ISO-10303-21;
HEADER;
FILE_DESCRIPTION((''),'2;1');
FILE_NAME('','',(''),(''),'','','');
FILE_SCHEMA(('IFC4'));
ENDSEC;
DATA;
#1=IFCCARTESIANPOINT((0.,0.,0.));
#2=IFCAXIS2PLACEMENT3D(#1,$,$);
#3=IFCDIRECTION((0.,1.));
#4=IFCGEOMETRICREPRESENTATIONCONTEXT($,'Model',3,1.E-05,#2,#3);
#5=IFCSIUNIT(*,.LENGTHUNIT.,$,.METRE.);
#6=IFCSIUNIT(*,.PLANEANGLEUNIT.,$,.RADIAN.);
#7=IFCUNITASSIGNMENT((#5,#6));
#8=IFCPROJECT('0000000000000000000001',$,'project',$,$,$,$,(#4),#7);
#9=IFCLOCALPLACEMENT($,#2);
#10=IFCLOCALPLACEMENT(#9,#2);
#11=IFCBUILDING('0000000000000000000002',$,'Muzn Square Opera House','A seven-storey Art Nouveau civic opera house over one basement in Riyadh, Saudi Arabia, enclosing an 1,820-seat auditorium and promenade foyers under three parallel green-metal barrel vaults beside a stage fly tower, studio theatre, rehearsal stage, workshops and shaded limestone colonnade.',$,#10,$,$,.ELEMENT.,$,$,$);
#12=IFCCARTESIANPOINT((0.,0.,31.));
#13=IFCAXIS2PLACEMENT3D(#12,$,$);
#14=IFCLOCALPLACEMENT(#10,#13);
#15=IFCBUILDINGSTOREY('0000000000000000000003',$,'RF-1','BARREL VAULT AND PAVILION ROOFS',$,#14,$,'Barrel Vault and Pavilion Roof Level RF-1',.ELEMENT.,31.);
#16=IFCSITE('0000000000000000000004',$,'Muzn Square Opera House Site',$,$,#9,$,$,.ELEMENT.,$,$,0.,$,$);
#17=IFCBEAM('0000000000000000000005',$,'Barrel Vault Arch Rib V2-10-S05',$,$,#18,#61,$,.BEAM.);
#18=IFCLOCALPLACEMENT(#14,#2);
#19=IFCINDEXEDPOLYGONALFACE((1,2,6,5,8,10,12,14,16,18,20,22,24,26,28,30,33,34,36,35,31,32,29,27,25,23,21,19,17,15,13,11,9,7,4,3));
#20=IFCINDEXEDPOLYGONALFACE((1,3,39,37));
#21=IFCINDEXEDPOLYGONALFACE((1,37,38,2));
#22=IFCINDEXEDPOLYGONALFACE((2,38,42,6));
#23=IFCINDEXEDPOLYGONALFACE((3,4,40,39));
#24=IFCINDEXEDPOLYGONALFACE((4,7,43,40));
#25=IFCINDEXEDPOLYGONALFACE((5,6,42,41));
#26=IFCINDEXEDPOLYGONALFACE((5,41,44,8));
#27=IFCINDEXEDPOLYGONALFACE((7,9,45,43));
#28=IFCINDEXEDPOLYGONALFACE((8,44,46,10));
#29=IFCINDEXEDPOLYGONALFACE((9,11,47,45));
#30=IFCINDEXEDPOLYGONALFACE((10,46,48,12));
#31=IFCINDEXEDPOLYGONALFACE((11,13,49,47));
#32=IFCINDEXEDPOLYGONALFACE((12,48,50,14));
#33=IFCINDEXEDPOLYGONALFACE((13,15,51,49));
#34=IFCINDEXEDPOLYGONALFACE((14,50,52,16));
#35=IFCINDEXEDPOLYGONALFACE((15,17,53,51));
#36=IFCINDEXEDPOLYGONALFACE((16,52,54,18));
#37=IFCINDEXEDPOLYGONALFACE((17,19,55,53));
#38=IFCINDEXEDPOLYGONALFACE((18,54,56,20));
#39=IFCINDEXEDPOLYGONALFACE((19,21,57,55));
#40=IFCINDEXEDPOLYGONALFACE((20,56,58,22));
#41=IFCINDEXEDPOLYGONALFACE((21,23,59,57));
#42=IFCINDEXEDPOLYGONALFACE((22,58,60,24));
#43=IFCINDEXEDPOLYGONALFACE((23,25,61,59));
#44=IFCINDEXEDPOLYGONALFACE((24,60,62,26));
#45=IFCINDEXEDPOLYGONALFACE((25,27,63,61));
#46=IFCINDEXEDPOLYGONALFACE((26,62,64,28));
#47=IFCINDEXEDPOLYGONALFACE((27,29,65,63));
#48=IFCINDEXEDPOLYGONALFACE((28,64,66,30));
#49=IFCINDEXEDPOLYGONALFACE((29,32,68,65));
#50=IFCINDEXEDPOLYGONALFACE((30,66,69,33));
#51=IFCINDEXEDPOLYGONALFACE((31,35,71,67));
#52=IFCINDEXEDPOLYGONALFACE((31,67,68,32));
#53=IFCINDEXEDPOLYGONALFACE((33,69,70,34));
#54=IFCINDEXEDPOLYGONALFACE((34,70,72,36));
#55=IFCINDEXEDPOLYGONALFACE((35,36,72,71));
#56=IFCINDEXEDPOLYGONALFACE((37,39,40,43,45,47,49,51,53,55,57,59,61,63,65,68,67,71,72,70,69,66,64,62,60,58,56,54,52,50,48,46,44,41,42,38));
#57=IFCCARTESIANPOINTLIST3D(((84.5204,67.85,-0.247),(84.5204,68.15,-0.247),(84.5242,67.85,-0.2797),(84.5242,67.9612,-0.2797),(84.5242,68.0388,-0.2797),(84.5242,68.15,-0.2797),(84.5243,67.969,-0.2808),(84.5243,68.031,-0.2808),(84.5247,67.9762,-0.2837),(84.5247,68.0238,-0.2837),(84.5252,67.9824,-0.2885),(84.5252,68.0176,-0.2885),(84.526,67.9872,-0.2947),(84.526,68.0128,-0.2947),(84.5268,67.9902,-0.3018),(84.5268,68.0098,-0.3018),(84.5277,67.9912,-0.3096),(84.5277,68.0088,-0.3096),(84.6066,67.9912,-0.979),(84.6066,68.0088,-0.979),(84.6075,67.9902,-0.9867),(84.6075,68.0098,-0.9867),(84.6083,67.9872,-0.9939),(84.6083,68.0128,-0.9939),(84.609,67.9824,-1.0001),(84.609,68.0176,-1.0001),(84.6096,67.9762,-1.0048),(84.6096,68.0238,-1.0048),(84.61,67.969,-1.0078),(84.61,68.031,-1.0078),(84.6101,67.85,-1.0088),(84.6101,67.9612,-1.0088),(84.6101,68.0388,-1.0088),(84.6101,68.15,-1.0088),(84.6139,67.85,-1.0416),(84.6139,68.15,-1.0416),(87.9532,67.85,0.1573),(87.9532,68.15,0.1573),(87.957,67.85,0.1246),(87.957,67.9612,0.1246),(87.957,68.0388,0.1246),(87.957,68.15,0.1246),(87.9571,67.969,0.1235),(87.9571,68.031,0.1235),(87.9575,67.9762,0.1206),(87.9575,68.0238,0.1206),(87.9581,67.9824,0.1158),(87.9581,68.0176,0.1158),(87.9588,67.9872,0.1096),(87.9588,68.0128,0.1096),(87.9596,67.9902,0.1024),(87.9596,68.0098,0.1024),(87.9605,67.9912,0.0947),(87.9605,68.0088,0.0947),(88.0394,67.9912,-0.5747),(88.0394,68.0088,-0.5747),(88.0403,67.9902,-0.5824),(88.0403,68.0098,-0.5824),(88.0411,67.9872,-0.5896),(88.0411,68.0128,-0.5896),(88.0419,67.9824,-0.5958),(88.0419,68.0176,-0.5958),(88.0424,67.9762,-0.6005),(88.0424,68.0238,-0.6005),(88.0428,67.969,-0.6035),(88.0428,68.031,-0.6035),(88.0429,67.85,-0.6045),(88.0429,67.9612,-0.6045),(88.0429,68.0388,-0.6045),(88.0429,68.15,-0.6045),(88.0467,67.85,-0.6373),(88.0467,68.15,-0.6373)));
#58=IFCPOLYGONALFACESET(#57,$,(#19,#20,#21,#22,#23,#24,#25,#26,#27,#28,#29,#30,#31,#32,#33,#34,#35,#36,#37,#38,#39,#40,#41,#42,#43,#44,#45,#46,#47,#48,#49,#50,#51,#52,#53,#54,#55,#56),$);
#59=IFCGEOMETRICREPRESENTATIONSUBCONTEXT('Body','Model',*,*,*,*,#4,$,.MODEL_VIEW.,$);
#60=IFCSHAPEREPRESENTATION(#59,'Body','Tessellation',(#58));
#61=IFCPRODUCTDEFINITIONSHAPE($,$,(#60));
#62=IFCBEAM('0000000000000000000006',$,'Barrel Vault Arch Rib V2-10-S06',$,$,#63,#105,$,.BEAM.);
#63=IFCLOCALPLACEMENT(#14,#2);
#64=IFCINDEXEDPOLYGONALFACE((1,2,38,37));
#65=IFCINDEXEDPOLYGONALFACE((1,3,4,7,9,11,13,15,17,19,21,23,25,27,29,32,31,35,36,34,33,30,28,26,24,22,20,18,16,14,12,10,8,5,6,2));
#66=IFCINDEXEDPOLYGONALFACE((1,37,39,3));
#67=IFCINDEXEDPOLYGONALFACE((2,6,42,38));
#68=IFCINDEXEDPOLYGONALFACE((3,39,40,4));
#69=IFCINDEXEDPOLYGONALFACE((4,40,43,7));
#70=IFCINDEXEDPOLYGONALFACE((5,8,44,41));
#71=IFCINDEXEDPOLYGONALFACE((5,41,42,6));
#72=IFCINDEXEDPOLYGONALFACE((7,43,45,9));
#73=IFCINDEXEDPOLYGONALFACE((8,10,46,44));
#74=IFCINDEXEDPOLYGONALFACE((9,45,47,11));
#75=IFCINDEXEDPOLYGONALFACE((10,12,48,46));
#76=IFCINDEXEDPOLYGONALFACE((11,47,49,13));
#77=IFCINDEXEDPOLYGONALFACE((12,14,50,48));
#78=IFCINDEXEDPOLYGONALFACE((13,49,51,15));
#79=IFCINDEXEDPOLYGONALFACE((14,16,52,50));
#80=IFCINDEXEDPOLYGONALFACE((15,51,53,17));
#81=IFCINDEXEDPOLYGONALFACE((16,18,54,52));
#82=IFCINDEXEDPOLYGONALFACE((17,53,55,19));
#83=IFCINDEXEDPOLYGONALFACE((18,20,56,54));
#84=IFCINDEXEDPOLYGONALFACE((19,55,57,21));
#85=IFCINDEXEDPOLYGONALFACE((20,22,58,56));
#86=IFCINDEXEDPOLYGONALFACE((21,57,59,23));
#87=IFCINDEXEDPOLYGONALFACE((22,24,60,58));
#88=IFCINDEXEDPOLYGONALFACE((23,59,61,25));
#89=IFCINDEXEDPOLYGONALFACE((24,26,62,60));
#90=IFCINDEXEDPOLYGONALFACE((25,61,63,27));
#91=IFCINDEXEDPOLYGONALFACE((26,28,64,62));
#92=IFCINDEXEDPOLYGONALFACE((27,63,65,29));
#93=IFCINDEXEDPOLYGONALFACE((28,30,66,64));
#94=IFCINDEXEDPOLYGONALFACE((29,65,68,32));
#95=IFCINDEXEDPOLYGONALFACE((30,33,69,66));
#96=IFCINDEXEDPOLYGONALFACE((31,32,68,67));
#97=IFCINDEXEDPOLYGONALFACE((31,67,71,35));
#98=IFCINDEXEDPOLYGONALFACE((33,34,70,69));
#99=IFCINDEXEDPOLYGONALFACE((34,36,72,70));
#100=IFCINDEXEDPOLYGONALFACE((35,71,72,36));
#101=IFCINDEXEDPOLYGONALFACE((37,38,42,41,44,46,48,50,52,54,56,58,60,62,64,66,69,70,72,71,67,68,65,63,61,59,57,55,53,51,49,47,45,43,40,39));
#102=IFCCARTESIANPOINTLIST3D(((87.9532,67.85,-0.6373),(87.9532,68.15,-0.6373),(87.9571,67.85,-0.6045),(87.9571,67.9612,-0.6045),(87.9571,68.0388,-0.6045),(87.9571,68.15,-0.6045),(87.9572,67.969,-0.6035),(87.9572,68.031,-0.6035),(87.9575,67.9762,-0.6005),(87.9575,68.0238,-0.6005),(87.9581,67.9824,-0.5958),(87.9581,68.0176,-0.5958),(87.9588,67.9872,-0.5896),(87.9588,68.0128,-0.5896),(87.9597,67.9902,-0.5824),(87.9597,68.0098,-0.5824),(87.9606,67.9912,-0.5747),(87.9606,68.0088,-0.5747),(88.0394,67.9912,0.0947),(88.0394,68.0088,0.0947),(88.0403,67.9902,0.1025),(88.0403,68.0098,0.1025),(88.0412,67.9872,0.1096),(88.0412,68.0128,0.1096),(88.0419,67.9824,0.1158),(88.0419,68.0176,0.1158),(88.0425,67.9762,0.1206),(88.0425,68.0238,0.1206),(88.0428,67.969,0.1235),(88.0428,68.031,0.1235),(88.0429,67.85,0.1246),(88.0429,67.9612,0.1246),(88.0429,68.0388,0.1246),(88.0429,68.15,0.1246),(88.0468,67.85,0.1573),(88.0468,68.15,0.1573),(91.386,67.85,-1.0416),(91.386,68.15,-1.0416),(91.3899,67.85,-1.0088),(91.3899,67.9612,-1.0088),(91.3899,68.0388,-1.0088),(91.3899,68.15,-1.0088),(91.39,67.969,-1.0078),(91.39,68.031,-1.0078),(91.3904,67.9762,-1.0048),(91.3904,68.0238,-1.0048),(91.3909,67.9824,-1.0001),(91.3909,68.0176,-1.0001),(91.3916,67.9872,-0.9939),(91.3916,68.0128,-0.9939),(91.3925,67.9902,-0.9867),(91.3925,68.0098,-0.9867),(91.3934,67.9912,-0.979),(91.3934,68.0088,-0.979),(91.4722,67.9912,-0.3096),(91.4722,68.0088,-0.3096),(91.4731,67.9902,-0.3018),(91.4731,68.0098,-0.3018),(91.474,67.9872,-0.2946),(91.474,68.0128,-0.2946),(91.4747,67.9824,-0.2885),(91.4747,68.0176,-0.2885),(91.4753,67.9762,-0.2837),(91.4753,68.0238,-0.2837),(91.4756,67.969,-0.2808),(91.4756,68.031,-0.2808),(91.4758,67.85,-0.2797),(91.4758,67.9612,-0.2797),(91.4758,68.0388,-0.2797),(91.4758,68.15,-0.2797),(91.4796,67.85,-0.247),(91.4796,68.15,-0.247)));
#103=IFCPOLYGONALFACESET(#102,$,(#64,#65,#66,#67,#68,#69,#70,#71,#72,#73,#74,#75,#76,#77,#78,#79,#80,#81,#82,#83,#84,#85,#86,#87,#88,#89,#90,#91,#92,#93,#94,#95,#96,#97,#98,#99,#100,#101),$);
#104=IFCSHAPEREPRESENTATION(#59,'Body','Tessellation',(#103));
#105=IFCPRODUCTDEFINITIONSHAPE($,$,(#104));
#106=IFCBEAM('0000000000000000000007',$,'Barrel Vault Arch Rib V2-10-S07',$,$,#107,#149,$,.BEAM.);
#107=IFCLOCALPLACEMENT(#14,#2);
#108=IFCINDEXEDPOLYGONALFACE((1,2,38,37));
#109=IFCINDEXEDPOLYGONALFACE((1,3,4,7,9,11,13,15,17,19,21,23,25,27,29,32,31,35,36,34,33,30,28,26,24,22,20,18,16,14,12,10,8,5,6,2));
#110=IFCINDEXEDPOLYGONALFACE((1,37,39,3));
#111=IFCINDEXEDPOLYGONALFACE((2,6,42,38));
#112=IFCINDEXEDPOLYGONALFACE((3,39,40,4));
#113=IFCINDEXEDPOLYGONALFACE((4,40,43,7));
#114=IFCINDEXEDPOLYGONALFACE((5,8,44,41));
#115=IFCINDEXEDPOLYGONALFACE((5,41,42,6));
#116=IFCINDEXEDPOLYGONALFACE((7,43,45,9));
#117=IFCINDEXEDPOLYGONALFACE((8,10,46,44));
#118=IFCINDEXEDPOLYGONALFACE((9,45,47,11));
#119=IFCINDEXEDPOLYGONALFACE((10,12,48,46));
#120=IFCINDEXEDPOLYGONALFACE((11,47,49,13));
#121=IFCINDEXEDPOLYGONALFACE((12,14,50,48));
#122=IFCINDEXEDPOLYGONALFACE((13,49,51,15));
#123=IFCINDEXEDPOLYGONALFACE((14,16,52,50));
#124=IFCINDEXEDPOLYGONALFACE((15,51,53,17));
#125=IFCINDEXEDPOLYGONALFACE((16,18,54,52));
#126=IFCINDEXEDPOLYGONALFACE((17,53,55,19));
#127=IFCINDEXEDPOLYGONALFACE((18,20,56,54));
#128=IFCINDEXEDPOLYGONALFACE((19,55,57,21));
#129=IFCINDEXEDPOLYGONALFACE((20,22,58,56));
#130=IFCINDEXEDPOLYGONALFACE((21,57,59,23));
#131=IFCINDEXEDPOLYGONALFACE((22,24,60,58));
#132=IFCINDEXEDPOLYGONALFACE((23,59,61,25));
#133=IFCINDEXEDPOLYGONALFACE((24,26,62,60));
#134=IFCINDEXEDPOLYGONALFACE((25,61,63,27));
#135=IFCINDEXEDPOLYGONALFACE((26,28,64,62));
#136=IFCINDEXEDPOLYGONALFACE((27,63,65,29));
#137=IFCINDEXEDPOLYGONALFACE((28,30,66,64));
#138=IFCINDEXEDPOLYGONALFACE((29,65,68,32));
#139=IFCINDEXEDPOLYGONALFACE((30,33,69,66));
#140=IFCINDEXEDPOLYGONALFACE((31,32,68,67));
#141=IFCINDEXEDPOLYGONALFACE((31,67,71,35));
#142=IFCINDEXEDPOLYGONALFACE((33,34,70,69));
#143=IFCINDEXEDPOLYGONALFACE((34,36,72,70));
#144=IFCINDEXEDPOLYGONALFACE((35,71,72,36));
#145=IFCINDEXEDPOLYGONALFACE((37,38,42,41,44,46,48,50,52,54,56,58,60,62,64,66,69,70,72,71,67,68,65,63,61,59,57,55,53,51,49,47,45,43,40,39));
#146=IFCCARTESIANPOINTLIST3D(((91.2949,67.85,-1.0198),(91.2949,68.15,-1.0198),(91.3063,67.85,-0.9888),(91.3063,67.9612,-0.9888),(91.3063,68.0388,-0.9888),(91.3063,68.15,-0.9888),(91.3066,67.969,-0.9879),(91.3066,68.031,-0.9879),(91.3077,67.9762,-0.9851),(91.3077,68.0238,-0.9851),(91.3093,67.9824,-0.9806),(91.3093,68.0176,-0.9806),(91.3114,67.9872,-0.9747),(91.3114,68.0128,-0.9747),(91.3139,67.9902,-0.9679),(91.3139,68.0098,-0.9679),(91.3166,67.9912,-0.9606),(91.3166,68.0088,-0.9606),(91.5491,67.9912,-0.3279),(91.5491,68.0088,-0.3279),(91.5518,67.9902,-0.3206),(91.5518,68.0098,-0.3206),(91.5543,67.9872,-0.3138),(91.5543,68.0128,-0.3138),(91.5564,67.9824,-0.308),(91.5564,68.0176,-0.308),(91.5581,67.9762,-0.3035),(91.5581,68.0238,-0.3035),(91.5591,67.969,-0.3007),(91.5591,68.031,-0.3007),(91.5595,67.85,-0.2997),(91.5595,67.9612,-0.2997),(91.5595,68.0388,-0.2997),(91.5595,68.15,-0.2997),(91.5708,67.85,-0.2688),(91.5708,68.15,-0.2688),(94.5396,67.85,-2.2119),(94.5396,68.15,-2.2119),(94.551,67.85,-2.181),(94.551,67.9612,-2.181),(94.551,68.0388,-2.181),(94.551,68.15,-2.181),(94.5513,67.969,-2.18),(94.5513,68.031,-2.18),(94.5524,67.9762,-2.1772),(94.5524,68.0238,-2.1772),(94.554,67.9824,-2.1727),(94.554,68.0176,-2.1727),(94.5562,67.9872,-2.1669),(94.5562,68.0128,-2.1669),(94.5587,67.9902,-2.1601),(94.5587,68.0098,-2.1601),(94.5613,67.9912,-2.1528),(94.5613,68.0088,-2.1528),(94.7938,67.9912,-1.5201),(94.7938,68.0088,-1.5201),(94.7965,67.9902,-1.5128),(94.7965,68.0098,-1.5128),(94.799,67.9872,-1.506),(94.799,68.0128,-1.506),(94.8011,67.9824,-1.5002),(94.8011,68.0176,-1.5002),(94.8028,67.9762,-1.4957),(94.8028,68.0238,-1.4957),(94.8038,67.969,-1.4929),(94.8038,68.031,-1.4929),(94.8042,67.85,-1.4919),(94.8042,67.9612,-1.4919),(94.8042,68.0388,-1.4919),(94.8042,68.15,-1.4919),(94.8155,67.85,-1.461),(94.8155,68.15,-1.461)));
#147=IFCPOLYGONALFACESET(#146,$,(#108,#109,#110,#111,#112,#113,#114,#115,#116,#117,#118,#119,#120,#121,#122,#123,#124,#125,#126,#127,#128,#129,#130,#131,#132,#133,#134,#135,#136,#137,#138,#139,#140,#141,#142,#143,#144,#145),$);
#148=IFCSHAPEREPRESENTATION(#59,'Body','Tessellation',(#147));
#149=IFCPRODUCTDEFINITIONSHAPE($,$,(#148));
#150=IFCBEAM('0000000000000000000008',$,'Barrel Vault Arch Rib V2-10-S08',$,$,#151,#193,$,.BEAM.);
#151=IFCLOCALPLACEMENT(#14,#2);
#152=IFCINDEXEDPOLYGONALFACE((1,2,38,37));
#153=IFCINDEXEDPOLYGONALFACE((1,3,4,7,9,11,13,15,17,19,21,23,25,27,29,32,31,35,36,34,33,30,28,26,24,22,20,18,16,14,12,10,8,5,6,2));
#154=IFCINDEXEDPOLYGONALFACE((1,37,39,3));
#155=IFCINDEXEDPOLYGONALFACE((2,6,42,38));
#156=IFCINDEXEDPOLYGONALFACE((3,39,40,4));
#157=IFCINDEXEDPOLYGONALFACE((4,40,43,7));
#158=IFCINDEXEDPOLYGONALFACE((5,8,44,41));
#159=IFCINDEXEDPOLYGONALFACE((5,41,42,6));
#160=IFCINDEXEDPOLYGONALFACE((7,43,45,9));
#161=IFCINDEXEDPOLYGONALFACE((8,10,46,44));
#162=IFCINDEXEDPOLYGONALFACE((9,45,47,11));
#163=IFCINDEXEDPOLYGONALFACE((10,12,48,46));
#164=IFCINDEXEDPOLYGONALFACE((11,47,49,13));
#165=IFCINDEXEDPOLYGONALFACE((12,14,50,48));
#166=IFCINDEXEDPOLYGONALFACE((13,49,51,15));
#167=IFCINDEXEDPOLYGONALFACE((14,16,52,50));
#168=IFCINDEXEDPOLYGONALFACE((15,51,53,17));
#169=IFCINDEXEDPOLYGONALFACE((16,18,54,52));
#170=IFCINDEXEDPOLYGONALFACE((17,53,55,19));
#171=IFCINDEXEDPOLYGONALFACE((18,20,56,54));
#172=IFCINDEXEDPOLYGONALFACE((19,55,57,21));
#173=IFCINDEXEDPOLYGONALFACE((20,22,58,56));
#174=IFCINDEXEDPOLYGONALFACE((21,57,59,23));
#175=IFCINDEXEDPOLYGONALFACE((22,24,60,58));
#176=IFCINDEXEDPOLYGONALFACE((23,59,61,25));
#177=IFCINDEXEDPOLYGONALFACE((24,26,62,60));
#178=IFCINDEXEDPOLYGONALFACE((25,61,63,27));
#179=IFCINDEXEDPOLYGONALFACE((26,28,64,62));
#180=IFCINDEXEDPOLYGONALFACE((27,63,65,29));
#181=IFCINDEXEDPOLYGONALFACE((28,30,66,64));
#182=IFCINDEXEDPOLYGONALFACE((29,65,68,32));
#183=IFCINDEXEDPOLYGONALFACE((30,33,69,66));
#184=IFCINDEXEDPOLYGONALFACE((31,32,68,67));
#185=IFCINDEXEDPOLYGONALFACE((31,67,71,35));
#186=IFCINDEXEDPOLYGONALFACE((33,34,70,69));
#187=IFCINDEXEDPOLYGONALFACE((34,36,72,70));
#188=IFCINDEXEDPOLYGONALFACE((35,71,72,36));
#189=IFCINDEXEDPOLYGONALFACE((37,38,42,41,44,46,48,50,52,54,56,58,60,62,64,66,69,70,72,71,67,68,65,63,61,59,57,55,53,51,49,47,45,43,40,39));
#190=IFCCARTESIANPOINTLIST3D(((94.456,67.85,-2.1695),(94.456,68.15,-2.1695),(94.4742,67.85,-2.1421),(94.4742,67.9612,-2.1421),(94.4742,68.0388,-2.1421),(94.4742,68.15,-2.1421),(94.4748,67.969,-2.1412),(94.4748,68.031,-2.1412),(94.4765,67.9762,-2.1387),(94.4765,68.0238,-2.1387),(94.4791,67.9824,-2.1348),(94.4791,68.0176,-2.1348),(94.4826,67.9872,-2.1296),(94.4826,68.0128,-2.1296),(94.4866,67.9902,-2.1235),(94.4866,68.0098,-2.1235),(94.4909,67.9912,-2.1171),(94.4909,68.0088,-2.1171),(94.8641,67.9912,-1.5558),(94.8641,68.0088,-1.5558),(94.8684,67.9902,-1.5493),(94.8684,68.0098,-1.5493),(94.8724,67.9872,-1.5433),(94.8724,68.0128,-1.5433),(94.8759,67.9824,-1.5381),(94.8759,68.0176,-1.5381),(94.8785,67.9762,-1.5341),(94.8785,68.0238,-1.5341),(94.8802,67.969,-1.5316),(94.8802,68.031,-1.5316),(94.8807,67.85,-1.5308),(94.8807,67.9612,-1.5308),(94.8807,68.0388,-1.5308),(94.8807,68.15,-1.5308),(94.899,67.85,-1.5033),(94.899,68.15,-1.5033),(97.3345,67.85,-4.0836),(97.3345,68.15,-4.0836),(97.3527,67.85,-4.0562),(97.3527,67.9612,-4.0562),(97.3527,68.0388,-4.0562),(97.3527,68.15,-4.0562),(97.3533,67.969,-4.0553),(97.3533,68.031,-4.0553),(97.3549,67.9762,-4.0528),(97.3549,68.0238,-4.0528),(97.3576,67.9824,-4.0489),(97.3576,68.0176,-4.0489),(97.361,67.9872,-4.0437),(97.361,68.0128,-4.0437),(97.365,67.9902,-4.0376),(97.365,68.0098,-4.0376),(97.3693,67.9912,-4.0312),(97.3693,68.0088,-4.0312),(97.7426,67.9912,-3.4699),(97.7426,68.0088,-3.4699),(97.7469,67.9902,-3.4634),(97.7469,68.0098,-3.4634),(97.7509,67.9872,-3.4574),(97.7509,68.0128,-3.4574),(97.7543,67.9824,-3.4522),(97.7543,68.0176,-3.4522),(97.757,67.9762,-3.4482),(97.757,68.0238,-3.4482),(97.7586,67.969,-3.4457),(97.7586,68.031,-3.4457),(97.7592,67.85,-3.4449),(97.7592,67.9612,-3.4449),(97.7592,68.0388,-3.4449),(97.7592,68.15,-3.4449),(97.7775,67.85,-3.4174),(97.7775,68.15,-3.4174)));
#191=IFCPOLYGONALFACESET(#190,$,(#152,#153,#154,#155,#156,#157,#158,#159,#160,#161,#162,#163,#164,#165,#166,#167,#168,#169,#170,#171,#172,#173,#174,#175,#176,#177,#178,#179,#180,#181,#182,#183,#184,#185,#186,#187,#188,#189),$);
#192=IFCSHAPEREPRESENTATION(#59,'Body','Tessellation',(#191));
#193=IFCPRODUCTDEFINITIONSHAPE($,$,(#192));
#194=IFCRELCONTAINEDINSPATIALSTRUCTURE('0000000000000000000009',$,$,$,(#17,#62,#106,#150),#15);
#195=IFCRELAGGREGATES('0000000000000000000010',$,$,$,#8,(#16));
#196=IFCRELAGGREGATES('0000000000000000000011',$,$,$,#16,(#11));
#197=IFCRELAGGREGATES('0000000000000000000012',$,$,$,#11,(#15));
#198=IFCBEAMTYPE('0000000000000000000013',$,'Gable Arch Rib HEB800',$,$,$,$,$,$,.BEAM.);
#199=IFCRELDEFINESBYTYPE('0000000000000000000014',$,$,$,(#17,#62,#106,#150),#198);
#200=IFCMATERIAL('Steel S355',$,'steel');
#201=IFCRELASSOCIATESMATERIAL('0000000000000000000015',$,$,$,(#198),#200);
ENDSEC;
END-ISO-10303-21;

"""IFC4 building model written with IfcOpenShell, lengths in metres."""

from ifc_helpers import new_model, si_unit, direction, frame, origin, origin_2d, place, context, subcontext, project, spatial, i_section, extrude, material, material_profile, profile_set, type_object, element, save


model = new_model("IFC4")

# Units and contexts
model_context = context("Model", 3, precision=1e-05, world=origin(), true_north=direction((0.0, 1.0)))
body_context = subcontext(model_context, "Body", "Model", "MODEL_VIEW")
ifc_project = project(units=[si_unit("LENGTHUNIT", "METRE"), si_unit("PLANEANGLEUNIT", "RADIAN")], contexts=[model_context])

# Site, building, storey
site_placement = place(None, origin())
site = spatial("IfcSite", under=ifc_project, at=site_placement, Name="Muzn Square Opera House Site", CompositionType="ELEMENT", RefElevation=0.0)
building_placement = place(site_placement, origin())
building = spatial("IfcBuilding", under=site, at=building_placement, Name="Muzn Square Opera House", Description="A seven-storey Art Nouveau civic opera house over one basement in Riyadh, Saudi Arabia, enclosing an 1,820-seat auditorium and promenade foyers under three parallel green-metal barrel vaults beside a stage fly tower, studio theatre, rehearsal stage, workshops and shaded limestone colonnade.", CompositionType="ELEMENT")
storey_placement = place(building_placement, frame((0.0, 0.0, 31.0)))
storey = spatial("IfcBuildingStorey", under=building, at=storey_placement, Name="RF-1", Description="BARREL VAULT AND PAVILION ROOFS", LongName="Barrel Vault and Pavilion Roof Level RF-1", CompositionType="ELEMENT", Elevation=31.0)

# Beams
ifc_material_1 = material(Name="Steel S355", Category="steel")
ifc_material_profile_1 = material_profile(ifc_material_1, i_section(OverallWidth=0.3, OverallDepth=0.8, WebThickness=0.0176, FlangeThickness=0.033, FilletRadius=0.03, at=origin_2d()), Name="HEB 800", Category="steel")
ifc_profile_set_1 = profile_set([ifc_material_profile_1], Name="Steel S355")
beam_type_1 = type_object("IfcBeamType", Name="Gable Arch Rib HEB800", PredefinedType="BEAM", material=ifc_profile_set_1)
for number, where, z_axis, x_axis, name in (
    (1, (84.5671, 68.0, -0.6443), (0.993136, 0.0, 0.116964), (0.0, 1.0, 0.0), "Barrel Vault Arch Rib V2-10-S05"),
    (2, (88.0, 68.0, -0.24), (0.993136, 0.0, -0.116964), (0.0, 1.0, 0.0), "Barrel Vault Arch Rib V2-10-S06"),
):
    element("IfcBeam", number, at=place(storey_placement, frame(where, z_axis=z_axis, x_axis=x_axis)), inside=storey, type_object=beam_type_1, Name=name, PredefinedType="BEAM", context=body_context, shape_type="SweptSolid", body=[
        extrude(i_section(OverallWidth=0.3, OverallDepth=0.8, WebThickness=0.0176, FlangeThickness=0.033, FilletRadius=0.03, at=origin_2d()), origin(), (0.0, 0.0, 1.0), 3.4565),
    ])
for number, where, z_axis, x_axis, name in (
    (3, (91.4329, 68.0, -0.6443), (0.938648, 0.0, -0.344877), (0.0, 1.0, 0.0), "Barrel Vault Arch Rib V2-10-S07"),
    (4, (94.6775, 68.0, -1.8364), (0.832702, 0.0, -0.553722), (0.0, 1.0, 0.0), "Barrel Vault Arch Rib V2-10-S08"),
):
    element("IfcBeam", number, at=place(storey_placement, frame(where, z_axis=z_axis, x_axis=x_axis)), inside=storey, type_object=beam_type_1, Name=name, PredefinedType="BEAM", context=body_context, shape_type="SweptSolid", body=[
        extrude(i_section(OverallWidth=0.3, OverallDepth=0.8, WebThickness=0.0176, FlangeThickness=0.033, FilletRadius=0.03, at=origin_2d()), origin(), (0.0, 0.0, 1.0), 3.4568),
    ])

save(model, "model.ifc")
